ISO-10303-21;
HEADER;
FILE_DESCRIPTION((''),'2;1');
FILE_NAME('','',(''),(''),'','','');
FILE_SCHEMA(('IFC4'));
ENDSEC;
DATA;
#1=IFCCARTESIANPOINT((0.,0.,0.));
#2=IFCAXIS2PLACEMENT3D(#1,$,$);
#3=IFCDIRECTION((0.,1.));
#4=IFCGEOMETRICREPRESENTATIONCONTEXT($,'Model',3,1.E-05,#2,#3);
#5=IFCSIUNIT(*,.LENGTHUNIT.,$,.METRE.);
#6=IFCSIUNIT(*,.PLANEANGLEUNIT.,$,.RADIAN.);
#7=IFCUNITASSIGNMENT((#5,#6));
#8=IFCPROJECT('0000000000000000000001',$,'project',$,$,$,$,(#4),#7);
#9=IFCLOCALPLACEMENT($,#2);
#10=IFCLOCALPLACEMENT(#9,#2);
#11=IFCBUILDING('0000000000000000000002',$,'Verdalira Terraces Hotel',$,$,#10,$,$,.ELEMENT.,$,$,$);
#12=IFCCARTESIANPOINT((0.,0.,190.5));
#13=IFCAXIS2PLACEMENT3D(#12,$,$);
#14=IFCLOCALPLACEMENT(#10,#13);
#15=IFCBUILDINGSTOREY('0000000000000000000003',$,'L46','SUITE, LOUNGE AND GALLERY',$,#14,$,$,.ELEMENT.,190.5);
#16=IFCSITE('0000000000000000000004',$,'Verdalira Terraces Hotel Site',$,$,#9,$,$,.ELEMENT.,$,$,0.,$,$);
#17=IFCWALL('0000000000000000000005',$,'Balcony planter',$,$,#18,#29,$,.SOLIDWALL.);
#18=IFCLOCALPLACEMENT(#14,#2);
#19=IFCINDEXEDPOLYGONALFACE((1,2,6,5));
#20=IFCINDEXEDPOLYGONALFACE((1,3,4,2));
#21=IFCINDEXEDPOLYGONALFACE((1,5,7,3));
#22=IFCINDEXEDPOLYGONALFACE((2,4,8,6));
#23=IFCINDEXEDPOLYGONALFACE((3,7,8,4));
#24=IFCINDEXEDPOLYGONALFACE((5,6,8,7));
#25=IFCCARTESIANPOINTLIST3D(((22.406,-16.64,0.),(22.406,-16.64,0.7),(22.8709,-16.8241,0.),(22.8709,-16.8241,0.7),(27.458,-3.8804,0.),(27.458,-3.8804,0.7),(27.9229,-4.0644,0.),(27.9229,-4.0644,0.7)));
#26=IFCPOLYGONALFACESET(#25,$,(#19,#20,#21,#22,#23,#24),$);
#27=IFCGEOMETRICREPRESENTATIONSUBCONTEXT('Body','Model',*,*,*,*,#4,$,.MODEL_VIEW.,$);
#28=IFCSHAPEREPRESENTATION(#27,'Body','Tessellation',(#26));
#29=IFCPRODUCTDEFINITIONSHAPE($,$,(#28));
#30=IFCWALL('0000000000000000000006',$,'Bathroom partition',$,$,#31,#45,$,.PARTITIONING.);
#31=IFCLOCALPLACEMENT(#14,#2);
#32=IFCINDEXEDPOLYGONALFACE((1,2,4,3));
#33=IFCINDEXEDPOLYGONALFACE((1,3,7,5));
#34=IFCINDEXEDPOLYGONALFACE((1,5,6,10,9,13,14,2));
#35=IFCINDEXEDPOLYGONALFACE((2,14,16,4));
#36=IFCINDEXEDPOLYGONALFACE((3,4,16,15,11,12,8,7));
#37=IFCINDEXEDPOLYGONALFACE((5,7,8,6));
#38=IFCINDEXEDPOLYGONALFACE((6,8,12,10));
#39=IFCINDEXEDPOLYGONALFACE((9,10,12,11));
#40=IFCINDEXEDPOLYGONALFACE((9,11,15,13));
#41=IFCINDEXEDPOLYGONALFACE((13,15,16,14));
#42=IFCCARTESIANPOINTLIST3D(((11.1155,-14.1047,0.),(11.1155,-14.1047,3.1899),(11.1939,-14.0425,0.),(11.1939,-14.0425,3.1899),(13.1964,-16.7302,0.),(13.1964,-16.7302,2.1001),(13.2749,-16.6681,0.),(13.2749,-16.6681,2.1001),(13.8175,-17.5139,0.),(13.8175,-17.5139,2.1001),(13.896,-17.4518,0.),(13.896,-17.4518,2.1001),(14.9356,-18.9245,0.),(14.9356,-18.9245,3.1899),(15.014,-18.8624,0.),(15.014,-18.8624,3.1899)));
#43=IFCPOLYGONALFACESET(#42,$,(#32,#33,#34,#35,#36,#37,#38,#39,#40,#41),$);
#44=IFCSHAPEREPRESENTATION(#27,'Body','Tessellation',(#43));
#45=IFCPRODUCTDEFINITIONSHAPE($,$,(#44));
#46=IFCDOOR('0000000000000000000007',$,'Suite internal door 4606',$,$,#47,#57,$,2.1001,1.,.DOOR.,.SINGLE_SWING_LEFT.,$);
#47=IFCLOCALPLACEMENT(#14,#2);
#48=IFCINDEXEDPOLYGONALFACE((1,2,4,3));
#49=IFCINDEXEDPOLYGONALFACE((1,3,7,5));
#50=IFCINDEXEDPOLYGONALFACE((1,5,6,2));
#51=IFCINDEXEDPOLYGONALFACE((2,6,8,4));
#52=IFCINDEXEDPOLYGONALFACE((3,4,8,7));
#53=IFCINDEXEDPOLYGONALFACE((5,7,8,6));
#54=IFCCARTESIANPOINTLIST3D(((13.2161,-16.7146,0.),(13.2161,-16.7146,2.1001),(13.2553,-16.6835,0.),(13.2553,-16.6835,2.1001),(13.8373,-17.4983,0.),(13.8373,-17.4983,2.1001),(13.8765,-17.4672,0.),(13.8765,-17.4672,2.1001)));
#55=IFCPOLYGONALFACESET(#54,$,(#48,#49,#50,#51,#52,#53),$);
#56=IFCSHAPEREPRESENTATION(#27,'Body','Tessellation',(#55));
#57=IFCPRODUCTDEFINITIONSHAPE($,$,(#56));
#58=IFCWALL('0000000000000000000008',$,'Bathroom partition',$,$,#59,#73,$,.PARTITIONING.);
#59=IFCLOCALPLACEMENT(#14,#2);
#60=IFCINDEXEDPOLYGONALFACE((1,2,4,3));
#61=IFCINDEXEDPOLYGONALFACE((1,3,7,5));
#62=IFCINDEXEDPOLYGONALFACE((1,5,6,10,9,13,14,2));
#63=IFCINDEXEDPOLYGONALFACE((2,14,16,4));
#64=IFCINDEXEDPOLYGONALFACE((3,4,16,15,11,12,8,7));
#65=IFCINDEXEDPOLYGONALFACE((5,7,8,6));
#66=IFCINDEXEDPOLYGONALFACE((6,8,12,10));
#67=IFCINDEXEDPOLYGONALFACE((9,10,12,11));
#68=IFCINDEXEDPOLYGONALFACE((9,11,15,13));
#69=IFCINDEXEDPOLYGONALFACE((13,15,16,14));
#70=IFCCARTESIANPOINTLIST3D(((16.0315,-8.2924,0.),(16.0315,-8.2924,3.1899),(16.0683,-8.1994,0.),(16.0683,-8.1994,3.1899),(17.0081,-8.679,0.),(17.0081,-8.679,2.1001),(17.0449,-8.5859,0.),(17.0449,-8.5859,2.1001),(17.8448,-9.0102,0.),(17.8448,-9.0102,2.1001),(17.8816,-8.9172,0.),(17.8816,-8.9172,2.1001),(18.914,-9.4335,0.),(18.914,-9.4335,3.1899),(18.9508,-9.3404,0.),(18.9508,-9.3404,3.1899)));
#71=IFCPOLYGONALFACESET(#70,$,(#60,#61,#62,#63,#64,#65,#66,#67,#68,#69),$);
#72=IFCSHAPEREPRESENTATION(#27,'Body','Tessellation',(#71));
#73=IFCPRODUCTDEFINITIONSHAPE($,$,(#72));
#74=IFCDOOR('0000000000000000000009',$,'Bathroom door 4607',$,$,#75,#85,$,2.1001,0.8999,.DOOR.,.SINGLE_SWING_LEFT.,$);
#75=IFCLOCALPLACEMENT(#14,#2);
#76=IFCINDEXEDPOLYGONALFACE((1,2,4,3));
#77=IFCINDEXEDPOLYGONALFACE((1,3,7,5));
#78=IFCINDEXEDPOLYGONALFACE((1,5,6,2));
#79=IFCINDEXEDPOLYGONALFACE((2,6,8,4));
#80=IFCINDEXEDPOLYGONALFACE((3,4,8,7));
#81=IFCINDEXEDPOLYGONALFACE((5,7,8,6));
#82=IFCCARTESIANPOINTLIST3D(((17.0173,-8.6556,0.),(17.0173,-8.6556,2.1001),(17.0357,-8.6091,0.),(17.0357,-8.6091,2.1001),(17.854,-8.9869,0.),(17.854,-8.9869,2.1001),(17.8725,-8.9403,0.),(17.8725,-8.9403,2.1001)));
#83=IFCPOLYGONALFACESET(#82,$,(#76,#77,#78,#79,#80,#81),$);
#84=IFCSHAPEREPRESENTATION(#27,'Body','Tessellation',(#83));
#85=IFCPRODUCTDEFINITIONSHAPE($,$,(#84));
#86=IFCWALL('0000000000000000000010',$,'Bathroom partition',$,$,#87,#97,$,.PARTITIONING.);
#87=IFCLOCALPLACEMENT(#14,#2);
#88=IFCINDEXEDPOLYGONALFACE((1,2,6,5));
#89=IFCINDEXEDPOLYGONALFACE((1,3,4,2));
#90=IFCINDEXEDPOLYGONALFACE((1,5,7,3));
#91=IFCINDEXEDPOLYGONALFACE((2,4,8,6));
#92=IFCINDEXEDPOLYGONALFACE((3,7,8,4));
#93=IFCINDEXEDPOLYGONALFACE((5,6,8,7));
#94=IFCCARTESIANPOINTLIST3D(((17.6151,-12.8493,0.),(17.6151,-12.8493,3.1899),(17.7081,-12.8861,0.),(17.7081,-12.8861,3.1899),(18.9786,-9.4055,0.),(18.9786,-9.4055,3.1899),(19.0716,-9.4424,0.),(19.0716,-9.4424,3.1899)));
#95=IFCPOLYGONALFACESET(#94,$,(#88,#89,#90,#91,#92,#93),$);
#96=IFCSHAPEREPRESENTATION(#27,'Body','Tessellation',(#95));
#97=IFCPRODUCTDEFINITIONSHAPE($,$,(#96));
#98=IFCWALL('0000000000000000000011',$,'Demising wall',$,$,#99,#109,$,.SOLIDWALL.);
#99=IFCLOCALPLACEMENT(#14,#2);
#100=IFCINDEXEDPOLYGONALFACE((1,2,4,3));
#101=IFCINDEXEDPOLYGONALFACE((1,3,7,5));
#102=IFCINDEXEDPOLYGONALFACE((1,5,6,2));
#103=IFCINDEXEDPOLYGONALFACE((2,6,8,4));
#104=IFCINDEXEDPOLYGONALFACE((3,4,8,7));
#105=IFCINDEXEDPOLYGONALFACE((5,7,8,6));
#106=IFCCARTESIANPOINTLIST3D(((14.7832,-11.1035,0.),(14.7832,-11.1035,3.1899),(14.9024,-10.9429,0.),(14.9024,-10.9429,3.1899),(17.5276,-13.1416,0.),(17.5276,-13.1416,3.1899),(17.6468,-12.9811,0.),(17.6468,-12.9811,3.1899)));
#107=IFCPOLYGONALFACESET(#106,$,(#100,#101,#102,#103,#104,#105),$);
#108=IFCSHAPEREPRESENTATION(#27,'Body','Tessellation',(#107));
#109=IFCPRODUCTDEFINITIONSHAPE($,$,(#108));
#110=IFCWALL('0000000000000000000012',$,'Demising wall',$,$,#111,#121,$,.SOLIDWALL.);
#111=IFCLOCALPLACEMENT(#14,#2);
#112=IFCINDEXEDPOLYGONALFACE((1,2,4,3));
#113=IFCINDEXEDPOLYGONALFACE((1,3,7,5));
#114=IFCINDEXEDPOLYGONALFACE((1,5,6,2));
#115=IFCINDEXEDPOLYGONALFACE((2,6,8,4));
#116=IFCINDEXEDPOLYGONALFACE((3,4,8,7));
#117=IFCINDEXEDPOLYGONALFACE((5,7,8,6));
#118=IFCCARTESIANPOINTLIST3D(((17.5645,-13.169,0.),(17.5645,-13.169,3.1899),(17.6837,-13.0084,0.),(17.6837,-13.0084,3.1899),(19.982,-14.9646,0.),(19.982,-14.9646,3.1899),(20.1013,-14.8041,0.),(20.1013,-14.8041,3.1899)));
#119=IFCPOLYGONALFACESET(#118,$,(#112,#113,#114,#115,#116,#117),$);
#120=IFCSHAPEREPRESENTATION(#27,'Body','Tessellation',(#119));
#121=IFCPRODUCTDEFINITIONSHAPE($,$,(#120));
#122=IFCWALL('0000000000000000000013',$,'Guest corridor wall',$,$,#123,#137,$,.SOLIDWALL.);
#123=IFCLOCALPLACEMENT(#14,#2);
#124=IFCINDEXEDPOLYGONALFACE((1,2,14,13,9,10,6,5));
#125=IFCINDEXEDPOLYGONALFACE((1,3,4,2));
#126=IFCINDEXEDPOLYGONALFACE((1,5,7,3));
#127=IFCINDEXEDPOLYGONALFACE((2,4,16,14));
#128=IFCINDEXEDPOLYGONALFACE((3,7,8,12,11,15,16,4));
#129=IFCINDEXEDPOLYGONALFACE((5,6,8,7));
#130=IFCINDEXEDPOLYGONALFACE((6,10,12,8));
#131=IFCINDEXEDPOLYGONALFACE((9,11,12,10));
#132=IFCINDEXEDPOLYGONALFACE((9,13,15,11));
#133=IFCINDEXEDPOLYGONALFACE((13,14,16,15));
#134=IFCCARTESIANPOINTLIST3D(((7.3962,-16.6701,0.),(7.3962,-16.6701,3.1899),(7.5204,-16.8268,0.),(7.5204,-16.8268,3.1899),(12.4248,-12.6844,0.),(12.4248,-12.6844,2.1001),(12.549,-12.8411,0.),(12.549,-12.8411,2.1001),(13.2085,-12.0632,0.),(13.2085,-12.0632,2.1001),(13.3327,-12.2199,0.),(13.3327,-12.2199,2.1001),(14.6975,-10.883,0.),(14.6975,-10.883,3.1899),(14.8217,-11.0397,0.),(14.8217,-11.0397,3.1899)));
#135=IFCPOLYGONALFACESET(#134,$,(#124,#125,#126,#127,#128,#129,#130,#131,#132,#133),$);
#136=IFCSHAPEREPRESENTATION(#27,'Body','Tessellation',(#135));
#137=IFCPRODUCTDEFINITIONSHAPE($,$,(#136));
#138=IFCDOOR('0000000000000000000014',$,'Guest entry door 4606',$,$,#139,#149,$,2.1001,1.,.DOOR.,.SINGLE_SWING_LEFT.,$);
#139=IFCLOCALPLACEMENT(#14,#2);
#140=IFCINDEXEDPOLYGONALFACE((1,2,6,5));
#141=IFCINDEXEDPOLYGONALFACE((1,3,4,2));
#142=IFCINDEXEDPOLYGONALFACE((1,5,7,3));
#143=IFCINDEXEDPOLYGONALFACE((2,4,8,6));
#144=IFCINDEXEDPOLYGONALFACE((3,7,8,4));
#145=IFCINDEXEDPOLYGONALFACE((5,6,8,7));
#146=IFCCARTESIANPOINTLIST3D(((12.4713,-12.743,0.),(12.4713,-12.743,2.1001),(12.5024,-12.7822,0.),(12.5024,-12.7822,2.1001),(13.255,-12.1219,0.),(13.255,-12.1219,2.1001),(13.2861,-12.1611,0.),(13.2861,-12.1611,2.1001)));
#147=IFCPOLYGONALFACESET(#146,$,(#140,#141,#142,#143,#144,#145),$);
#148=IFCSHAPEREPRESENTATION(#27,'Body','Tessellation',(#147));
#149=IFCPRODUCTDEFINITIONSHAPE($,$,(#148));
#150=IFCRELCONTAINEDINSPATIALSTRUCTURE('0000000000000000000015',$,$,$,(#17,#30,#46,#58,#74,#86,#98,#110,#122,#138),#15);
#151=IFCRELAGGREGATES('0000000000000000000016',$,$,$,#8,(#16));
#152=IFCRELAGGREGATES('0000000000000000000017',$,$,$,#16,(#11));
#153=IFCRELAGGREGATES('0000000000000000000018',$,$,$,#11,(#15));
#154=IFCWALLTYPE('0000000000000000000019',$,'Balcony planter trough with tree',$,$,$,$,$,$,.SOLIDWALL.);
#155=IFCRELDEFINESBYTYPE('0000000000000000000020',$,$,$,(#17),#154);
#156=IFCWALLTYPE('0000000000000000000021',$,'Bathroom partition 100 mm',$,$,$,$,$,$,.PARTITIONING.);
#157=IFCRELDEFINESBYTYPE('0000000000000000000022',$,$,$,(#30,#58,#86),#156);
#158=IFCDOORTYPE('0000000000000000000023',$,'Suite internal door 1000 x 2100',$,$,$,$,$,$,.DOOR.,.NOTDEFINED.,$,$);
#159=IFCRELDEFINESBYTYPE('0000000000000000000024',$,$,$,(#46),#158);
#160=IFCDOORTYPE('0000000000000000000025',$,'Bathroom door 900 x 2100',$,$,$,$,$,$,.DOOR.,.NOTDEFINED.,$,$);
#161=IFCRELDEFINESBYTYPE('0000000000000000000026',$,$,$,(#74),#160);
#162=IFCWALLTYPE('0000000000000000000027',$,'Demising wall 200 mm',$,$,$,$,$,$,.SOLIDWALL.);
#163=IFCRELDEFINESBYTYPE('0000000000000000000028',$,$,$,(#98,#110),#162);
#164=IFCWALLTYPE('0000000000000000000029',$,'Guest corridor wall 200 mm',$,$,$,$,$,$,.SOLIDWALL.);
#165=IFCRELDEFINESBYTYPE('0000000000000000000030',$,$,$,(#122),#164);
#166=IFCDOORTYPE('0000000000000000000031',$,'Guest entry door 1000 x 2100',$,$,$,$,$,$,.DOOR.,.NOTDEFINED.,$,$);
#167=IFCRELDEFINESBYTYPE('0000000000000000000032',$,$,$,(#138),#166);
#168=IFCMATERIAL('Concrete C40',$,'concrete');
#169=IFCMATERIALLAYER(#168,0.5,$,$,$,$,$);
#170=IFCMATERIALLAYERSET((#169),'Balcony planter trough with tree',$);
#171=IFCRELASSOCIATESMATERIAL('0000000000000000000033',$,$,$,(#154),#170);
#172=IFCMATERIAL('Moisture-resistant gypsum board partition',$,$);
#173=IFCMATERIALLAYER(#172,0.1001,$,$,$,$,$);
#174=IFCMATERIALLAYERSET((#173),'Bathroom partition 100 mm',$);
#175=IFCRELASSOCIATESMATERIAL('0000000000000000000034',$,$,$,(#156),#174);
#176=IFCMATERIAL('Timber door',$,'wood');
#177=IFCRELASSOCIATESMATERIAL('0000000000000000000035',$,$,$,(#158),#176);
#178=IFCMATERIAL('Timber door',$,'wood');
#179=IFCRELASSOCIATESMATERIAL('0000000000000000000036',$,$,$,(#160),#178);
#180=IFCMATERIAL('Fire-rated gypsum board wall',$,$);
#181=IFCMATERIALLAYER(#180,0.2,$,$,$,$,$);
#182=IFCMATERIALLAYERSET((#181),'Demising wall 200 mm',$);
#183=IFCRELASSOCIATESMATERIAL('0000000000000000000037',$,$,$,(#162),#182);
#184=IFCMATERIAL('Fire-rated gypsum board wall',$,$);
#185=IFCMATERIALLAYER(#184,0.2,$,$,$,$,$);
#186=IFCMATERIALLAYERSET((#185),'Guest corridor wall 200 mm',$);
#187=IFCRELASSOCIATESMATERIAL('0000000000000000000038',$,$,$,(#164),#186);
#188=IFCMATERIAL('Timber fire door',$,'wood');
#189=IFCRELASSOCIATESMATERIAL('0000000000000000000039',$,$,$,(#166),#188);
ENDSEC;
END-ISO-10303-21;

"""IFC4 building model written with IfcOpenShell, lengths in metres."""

from ifc_helpers import new_model, si_unit, direction, frame, frame_2d, origin, place, context, subcontext, project, spatial, rectangle, extrude, material, layer, layer_set, type_object, element, fill, save


model = new_model("IFC4")

# Units and contexts
model_context = context("Model", 3, precision=1e-05, world=origin(), true_north=direction((0.0, 1.0)))
body_context = subcontext(model_context, "Body", "Model", "MODEL_VIEW")
ifc_project = project(units=[si_unit("LENGTHUNIT", "METRE"), si_unit("PLANEANGLEUNIT", "RADIAN")], contexts=[model_context])

# Site, building, storey
site_placement = place(None, origin())
site = spatial("IfcSite", under=ifc_project, at=site_placement, Name="Verdalira Terraces Hotel Site", CompositionType="ELEMENT", RefElevation=0.0)
building_placement = place(site_placement, origin())
building = spatial("IfcBuilding", under=site, at=building_placement, Name="Verdalira Terraces Hotel", CompositionType="ELEMENT")
storey_placement = place(building_placement, frame((0.0, 0.0, 190.5)))
storey = spatial("IfcBuildingStorey", under=building, at=storey_placement, Name="L46", Description="SUITE, LOUNGE AND GALLERY", CompositionType="ELEMENT", Elevation=190.5)

# Wall
ifc_material_1 = material(Name="Concrete C40", Category="concrete")
ifc_layer_1 = layer(ifc_material_1, 0.5)
ifc_layer_set_1 = layer_set([ifc_layer_1], Name="Balcony planter trough with tree")
wall_type_1 = type_object("IfcWallType", Name="Balcony planter trough with tree", PredefinedType="SOLIDWALL", material=ifc_layer_set_1)
wall_1_placement = place(storey_placement, frame((22.6384, -16.7322, 0.0), z_axis=(0.0, 0.0, 1.0), x_axis=(0.368128, 0.929775, 0.0)))
element("IfcWall", 1, at=wall_1_placement, inside=storey, type_object=wall_type_1, Name="Balcony planter", PredefinedType="SOLIDWALL", context=body_context, shape_type="SweptSolid", body=[
    extrude(rectangle(XDim=13.7234, YDim=0.5, at=frame_2d((6.8618, 0.0))), origin(), (0.0, 0.0, 1.0), 0.7),
])

# Walls, openings, doors
ifc_material_2 = material(Name="Moisture-resistant gypsum board partition")
ifc_layer_2 = layer(ifc_material_2, 0.1001)
ifc_layer_set_2 = layer_set([ifc_layer_2], Name="Bathroom partition 100 mm")
wall_type_2 = type_object("IfcWallType", Name="Bathroom partition 100 mm", PredefinedType="PARTITIONING", material=ifc_layer_set_2)
wall_2_placement = place(storey_placement, frame((14.9749, -18.8936, 0.0), z_axis=(0.0, 0.0, 1.0), x_axis=(-0.62114, 0.7837, 0.0)))
wall_2 = element("IfcWall", 2, at=wall_2_placement, inside=storey, type_object=wall_type_2, Name="Bathroom partition", PredefinedType="PARTITIONING", context=body_context, shape_type="SweptSolid", body=[
    extrude(rectangle(XDim=6.1501, YDim=0.1001, at=frame_2d((3.0752, 0.0))), origin(), (0.0, 0.0, 1.0), 3.1899),
])
opening_1_placement = place(wall_2_placement, frame((1.8, 0.0, 0.0)))
opening_1 = element("IfcOpeningElement", 3, at=opening_1_placement, cuts=wall_2, PredefinedType="OPENING", context=body_context, shape_type="SweptSolid", body=[
    extrude(rectangle(XDim=1.0, YDim=2.1001, at=frame_2d((0.5, 1.05))), frame((0.0, 0.0601, 0.0), z_axis=(0.0, -1.0, 0.0), x_axis=(1.0, 0.0, 0.0)), (0.0, 0.0, 1.0), 0.1201),
])
ifc_material_3 = material(Name="Timber door", Category="wood")
door_type_1 = type_object("IfcDoorType", Name="Suite internal door 1000 x 2100", OperationType="NOTDEFINED", PredefinedType="DOOR", material=ifc_material_3)
door_1_placement = place(opening_1_placement, origin())
door_1 = element("IfcDoor", 4, at=door_1_placement, inside=storey, type_object=door_type_1, Name="Suite internal door 4606", OperationType="SINGLE_SWING_LEFT", OverallHeight=2.1001, OverallWidth=1.0, PredefinedType="DOOR", context=body_context, shape_type="SweptSolid", body=[
    extrude(rectangle(XDim=1.0, YDim=2.1001, at=frame_2d((0.5, 1.05))), frame((0.0, 0.0249, 0.0), z_axis=(0.0, -1.0, 0.0), x_axis=(1.0, 0.0, 0.0)), (0.0, 0.0, 1.0), 0.05),
])
fill(opening_1, door_1)
wall_3_placement = place(storey_placement, frame((18.9324, -9.387, 0.0), z_axis=(0.0, 0.0, 1.0), x_axis=(-0.929796, 0.368075, 0.0)))
wall_3 = element("IfcWall", 5, at=wall_3_placement, inside=storey, type_object=wall_type_2, Name="Bathroom partition", PredefinedType="PARTITIONING", context=body_context, shape_type="SweptSolid", body=[
    extrude(rectangle(XDim=3.1001, YDim=0.1001, at=frame_2d((1.55, 0.0))), origin(), (0.0, 0.0, 1.0), 3.1899),
])
opening_2_placement = place(wall_3_placement, frame((1.1499, 0.0, 0.0)))
opening_2 = element("IfcOpeningElement", 6, at=opening_2_placement, cuts=wall_3, PredefinedType="OPENING", context=body_context, shape_type="SweptSolid", body=[
    extrude(rectangle(XDim=0.8999, YDim=2.1001, at=frame_2d((0.45, 1.05))), frame((0.0, 0.0601, 0.0), z_axis=(0.0, -1.0, 0.0), x_axis=(1.0, 0.0, 0.0)), (0.0, 0.0, 1.0), 0.1201),
])
ifc_material_4 = material(Name="Timber door", Category="wood")
door_type_2 = type_object("IfcDoorType", Name="Bathroom door 900 x 2100", OperationType="NOTDEFINED", PredefinedType="DOOR", material=ifc_material_4)
door_2_placement = place(opening_2_placement, origin())
door_2 = element("IfcDoor", 7, at=door_2_placement, inside=storey, type_object=door_type_2, Name="Bathroom door 4607", OperationType="SINGLE_SWING_LEFT", OverallHeight=2.1001, OverallWidth=0.8999, PredefinedType="DOOR", context=body_context, shape_type="SweptSolid", body=[
    extrude(rectangle(XDim=0.8999, YDim=2.1001, at=frame_2d((0.45, 1.05))), frame((0.0, 0.0249, 0.0), z_axis=(0.0, -1.0, 0.0), x_axis=(1.0, 0.0, 0.0)), (0.0, 0.0, 1.0), 0.05),
])
fill(opening_2, door_2)

# Walls
wall_4_placement = place(storey_placement, frame((19.0251, -9.4238, 0.0), z_axis=(0.0, 0.0, 1.0), x_axis=(-0.368127, -0.929776, 0.0)))
element("IfcWall", 8, at=wall_4_placement, inside=storey, type_object=wall_type_2, Name="Bathroom partition", PredefinedType="PARTITIONING", context=body_context, shape_type="SweptSolid", body=[
    extrude(rectangle(XDim=3.7039, YDim=0.1001, at=frame_2d((1.8521, 0.0))), origin(), (0.0, 0.0, 1.0), 3.1899),
])
ifc_material_5 = material(Name="Fire-rated gypsum board wall")
ifc_layer_3 = layer(ifc_material_5, 0.2)
ifc_layer_set_3 = layer_set([ifc_layer_3], Name="Demising wall 200 mm")
wall_type_3 = type_object("IfcWallType", Name="Demising wall 200 mm", PredefinedType="SOLIDWALL", material=ifc_layer_set_3)
wall_5_placement = place(storey_placement, frame((14.8428, -11.0232, 0.0), z_axis=(0.0, 0.0, 1.0), x_axis=(0.802828, -0.596211, 0.0)))
element("IfcWall", 9, at=wall_5_placement, inside=storey, type_object=wall_type_3, Name="Demising wall", PredefinedType="SOLIDWALL", context=body_context, shape_type="SweptSolid", body=[
    extrude(rectangle(XDim=3.4185, YDim=0.2, at=frame_2d((1.7092, 0.0))), origin(), (0.0, 0.0, 1.0), 3.1899),
])
wall_6_placement = place(storey_placement, frame((17.624, -13.0886, 0.0), z_axis=(0.0, 0.0, 1.0), x_axis=(0.802774, -0.596284, 0.0)))
element("IfcWall", 10, at=wall_6_placement, inside=storey, type_object=wall_type_3, Name="Demising wall", PredefinedType="SOLIDWALL", context=body_context, shape_type="SweptSolid", body=[
    extrude(rectangle(XDim=3.0115, YDim=0.2, at=frame_2d((1.5059, 0.0))), origin(), (0.0, 0.0, 1.0), 3.1899),
])

# Wall, opening, door
ifc_material_6 = material(Name="Fire-rated gypsum board wall")
ifc_layer_4 = layer(ifc_material_6, 0.2)
ifc_layer_set_4 = layer_set([ifc_layer_4], Name="Guest corridor wall 200 mm")
wall_type_4 = type_object("IfcWallType", Name="Guest corridor wall 200 mm", PredefinedType="SOLIDWALL", material=ifc_layer_set_4)
wall_7_placement = place(storey_placement, frame((14.7595, -10.9614, 0.0), z_axis=(0.0, 0.0, 1.0), x_axis=(-0.783683, -0.621161, 0.0)))
wall_7 = element("IfcWall", 11, at=wall_7_placement, inside=storey, type_object=wall_type_4, Name="Guest corridor wall", PredefinedType="SOLIDWALL", context=body_context, shape_type="SweptSolid", body=[
    extrude(rectangle(XDim=9.3166, YDim=0.2, at=frame_2d((4.6582, 0.0))), origin(), (0.0, 0.0, 1.0), 3.1899),
])
opening_3_placement = place(wall_7_placement, frame((1.8999, 0.0, 0.0)))
opening_3 = element("IfcOpeningElement", 12, at=opening_3_placement, cuts=wall_7, PredefinedType="OPENING", context=body_context, shape_type="SweptSolid", body=[
    extrude(rectangle(XDim=1.0, YDim=2.1001, at=frame_2d((0.5, 1.05))), frame((0.0, 0.1099, 0.0), z_axis=(0.0, -1.0, 0.0), x_axis=(1.0, 0.0, 0.0)), (0.0, 0.0, 1.0), 0.22),
])
ifc_material_7 = material(Name="Timber fire door", Category="wood")
door_type_3 = type_object("IfcDoorType", Name="Guest entry door 1000 x 2100", OperationType="NOTDEFINED", PredefinedType="DOOR", material=ifc_material_7)
door_3_placement = place(opening_3_placement, origin())
door_3 = element("IfcDoor", 13, at=door_3_placement, inside=storey, type_object=door_type_3, Name="Guest entry door 4606", OperationType="SINGLE_SWING_LEFT", OverallHeight=2.1001, OverallWidth=1.0, PredefinedType="DOOR", context=body_context, shape_type="SweptSolid", body=[
    extrude(rectangle(XDim=1.0, YDim=2.1001, at=frame_2d((0.5, 1.05))), frame((0.0, 0.0249, 0.0), z_axis=(0.0, -1.0, 0.0), x_axis=(1.0, 0.0, 0.0)), (0.0, 0.0, 1.0), 0.05),
])
fill(opening_3, door_3)

save(model, "model.ifc")
